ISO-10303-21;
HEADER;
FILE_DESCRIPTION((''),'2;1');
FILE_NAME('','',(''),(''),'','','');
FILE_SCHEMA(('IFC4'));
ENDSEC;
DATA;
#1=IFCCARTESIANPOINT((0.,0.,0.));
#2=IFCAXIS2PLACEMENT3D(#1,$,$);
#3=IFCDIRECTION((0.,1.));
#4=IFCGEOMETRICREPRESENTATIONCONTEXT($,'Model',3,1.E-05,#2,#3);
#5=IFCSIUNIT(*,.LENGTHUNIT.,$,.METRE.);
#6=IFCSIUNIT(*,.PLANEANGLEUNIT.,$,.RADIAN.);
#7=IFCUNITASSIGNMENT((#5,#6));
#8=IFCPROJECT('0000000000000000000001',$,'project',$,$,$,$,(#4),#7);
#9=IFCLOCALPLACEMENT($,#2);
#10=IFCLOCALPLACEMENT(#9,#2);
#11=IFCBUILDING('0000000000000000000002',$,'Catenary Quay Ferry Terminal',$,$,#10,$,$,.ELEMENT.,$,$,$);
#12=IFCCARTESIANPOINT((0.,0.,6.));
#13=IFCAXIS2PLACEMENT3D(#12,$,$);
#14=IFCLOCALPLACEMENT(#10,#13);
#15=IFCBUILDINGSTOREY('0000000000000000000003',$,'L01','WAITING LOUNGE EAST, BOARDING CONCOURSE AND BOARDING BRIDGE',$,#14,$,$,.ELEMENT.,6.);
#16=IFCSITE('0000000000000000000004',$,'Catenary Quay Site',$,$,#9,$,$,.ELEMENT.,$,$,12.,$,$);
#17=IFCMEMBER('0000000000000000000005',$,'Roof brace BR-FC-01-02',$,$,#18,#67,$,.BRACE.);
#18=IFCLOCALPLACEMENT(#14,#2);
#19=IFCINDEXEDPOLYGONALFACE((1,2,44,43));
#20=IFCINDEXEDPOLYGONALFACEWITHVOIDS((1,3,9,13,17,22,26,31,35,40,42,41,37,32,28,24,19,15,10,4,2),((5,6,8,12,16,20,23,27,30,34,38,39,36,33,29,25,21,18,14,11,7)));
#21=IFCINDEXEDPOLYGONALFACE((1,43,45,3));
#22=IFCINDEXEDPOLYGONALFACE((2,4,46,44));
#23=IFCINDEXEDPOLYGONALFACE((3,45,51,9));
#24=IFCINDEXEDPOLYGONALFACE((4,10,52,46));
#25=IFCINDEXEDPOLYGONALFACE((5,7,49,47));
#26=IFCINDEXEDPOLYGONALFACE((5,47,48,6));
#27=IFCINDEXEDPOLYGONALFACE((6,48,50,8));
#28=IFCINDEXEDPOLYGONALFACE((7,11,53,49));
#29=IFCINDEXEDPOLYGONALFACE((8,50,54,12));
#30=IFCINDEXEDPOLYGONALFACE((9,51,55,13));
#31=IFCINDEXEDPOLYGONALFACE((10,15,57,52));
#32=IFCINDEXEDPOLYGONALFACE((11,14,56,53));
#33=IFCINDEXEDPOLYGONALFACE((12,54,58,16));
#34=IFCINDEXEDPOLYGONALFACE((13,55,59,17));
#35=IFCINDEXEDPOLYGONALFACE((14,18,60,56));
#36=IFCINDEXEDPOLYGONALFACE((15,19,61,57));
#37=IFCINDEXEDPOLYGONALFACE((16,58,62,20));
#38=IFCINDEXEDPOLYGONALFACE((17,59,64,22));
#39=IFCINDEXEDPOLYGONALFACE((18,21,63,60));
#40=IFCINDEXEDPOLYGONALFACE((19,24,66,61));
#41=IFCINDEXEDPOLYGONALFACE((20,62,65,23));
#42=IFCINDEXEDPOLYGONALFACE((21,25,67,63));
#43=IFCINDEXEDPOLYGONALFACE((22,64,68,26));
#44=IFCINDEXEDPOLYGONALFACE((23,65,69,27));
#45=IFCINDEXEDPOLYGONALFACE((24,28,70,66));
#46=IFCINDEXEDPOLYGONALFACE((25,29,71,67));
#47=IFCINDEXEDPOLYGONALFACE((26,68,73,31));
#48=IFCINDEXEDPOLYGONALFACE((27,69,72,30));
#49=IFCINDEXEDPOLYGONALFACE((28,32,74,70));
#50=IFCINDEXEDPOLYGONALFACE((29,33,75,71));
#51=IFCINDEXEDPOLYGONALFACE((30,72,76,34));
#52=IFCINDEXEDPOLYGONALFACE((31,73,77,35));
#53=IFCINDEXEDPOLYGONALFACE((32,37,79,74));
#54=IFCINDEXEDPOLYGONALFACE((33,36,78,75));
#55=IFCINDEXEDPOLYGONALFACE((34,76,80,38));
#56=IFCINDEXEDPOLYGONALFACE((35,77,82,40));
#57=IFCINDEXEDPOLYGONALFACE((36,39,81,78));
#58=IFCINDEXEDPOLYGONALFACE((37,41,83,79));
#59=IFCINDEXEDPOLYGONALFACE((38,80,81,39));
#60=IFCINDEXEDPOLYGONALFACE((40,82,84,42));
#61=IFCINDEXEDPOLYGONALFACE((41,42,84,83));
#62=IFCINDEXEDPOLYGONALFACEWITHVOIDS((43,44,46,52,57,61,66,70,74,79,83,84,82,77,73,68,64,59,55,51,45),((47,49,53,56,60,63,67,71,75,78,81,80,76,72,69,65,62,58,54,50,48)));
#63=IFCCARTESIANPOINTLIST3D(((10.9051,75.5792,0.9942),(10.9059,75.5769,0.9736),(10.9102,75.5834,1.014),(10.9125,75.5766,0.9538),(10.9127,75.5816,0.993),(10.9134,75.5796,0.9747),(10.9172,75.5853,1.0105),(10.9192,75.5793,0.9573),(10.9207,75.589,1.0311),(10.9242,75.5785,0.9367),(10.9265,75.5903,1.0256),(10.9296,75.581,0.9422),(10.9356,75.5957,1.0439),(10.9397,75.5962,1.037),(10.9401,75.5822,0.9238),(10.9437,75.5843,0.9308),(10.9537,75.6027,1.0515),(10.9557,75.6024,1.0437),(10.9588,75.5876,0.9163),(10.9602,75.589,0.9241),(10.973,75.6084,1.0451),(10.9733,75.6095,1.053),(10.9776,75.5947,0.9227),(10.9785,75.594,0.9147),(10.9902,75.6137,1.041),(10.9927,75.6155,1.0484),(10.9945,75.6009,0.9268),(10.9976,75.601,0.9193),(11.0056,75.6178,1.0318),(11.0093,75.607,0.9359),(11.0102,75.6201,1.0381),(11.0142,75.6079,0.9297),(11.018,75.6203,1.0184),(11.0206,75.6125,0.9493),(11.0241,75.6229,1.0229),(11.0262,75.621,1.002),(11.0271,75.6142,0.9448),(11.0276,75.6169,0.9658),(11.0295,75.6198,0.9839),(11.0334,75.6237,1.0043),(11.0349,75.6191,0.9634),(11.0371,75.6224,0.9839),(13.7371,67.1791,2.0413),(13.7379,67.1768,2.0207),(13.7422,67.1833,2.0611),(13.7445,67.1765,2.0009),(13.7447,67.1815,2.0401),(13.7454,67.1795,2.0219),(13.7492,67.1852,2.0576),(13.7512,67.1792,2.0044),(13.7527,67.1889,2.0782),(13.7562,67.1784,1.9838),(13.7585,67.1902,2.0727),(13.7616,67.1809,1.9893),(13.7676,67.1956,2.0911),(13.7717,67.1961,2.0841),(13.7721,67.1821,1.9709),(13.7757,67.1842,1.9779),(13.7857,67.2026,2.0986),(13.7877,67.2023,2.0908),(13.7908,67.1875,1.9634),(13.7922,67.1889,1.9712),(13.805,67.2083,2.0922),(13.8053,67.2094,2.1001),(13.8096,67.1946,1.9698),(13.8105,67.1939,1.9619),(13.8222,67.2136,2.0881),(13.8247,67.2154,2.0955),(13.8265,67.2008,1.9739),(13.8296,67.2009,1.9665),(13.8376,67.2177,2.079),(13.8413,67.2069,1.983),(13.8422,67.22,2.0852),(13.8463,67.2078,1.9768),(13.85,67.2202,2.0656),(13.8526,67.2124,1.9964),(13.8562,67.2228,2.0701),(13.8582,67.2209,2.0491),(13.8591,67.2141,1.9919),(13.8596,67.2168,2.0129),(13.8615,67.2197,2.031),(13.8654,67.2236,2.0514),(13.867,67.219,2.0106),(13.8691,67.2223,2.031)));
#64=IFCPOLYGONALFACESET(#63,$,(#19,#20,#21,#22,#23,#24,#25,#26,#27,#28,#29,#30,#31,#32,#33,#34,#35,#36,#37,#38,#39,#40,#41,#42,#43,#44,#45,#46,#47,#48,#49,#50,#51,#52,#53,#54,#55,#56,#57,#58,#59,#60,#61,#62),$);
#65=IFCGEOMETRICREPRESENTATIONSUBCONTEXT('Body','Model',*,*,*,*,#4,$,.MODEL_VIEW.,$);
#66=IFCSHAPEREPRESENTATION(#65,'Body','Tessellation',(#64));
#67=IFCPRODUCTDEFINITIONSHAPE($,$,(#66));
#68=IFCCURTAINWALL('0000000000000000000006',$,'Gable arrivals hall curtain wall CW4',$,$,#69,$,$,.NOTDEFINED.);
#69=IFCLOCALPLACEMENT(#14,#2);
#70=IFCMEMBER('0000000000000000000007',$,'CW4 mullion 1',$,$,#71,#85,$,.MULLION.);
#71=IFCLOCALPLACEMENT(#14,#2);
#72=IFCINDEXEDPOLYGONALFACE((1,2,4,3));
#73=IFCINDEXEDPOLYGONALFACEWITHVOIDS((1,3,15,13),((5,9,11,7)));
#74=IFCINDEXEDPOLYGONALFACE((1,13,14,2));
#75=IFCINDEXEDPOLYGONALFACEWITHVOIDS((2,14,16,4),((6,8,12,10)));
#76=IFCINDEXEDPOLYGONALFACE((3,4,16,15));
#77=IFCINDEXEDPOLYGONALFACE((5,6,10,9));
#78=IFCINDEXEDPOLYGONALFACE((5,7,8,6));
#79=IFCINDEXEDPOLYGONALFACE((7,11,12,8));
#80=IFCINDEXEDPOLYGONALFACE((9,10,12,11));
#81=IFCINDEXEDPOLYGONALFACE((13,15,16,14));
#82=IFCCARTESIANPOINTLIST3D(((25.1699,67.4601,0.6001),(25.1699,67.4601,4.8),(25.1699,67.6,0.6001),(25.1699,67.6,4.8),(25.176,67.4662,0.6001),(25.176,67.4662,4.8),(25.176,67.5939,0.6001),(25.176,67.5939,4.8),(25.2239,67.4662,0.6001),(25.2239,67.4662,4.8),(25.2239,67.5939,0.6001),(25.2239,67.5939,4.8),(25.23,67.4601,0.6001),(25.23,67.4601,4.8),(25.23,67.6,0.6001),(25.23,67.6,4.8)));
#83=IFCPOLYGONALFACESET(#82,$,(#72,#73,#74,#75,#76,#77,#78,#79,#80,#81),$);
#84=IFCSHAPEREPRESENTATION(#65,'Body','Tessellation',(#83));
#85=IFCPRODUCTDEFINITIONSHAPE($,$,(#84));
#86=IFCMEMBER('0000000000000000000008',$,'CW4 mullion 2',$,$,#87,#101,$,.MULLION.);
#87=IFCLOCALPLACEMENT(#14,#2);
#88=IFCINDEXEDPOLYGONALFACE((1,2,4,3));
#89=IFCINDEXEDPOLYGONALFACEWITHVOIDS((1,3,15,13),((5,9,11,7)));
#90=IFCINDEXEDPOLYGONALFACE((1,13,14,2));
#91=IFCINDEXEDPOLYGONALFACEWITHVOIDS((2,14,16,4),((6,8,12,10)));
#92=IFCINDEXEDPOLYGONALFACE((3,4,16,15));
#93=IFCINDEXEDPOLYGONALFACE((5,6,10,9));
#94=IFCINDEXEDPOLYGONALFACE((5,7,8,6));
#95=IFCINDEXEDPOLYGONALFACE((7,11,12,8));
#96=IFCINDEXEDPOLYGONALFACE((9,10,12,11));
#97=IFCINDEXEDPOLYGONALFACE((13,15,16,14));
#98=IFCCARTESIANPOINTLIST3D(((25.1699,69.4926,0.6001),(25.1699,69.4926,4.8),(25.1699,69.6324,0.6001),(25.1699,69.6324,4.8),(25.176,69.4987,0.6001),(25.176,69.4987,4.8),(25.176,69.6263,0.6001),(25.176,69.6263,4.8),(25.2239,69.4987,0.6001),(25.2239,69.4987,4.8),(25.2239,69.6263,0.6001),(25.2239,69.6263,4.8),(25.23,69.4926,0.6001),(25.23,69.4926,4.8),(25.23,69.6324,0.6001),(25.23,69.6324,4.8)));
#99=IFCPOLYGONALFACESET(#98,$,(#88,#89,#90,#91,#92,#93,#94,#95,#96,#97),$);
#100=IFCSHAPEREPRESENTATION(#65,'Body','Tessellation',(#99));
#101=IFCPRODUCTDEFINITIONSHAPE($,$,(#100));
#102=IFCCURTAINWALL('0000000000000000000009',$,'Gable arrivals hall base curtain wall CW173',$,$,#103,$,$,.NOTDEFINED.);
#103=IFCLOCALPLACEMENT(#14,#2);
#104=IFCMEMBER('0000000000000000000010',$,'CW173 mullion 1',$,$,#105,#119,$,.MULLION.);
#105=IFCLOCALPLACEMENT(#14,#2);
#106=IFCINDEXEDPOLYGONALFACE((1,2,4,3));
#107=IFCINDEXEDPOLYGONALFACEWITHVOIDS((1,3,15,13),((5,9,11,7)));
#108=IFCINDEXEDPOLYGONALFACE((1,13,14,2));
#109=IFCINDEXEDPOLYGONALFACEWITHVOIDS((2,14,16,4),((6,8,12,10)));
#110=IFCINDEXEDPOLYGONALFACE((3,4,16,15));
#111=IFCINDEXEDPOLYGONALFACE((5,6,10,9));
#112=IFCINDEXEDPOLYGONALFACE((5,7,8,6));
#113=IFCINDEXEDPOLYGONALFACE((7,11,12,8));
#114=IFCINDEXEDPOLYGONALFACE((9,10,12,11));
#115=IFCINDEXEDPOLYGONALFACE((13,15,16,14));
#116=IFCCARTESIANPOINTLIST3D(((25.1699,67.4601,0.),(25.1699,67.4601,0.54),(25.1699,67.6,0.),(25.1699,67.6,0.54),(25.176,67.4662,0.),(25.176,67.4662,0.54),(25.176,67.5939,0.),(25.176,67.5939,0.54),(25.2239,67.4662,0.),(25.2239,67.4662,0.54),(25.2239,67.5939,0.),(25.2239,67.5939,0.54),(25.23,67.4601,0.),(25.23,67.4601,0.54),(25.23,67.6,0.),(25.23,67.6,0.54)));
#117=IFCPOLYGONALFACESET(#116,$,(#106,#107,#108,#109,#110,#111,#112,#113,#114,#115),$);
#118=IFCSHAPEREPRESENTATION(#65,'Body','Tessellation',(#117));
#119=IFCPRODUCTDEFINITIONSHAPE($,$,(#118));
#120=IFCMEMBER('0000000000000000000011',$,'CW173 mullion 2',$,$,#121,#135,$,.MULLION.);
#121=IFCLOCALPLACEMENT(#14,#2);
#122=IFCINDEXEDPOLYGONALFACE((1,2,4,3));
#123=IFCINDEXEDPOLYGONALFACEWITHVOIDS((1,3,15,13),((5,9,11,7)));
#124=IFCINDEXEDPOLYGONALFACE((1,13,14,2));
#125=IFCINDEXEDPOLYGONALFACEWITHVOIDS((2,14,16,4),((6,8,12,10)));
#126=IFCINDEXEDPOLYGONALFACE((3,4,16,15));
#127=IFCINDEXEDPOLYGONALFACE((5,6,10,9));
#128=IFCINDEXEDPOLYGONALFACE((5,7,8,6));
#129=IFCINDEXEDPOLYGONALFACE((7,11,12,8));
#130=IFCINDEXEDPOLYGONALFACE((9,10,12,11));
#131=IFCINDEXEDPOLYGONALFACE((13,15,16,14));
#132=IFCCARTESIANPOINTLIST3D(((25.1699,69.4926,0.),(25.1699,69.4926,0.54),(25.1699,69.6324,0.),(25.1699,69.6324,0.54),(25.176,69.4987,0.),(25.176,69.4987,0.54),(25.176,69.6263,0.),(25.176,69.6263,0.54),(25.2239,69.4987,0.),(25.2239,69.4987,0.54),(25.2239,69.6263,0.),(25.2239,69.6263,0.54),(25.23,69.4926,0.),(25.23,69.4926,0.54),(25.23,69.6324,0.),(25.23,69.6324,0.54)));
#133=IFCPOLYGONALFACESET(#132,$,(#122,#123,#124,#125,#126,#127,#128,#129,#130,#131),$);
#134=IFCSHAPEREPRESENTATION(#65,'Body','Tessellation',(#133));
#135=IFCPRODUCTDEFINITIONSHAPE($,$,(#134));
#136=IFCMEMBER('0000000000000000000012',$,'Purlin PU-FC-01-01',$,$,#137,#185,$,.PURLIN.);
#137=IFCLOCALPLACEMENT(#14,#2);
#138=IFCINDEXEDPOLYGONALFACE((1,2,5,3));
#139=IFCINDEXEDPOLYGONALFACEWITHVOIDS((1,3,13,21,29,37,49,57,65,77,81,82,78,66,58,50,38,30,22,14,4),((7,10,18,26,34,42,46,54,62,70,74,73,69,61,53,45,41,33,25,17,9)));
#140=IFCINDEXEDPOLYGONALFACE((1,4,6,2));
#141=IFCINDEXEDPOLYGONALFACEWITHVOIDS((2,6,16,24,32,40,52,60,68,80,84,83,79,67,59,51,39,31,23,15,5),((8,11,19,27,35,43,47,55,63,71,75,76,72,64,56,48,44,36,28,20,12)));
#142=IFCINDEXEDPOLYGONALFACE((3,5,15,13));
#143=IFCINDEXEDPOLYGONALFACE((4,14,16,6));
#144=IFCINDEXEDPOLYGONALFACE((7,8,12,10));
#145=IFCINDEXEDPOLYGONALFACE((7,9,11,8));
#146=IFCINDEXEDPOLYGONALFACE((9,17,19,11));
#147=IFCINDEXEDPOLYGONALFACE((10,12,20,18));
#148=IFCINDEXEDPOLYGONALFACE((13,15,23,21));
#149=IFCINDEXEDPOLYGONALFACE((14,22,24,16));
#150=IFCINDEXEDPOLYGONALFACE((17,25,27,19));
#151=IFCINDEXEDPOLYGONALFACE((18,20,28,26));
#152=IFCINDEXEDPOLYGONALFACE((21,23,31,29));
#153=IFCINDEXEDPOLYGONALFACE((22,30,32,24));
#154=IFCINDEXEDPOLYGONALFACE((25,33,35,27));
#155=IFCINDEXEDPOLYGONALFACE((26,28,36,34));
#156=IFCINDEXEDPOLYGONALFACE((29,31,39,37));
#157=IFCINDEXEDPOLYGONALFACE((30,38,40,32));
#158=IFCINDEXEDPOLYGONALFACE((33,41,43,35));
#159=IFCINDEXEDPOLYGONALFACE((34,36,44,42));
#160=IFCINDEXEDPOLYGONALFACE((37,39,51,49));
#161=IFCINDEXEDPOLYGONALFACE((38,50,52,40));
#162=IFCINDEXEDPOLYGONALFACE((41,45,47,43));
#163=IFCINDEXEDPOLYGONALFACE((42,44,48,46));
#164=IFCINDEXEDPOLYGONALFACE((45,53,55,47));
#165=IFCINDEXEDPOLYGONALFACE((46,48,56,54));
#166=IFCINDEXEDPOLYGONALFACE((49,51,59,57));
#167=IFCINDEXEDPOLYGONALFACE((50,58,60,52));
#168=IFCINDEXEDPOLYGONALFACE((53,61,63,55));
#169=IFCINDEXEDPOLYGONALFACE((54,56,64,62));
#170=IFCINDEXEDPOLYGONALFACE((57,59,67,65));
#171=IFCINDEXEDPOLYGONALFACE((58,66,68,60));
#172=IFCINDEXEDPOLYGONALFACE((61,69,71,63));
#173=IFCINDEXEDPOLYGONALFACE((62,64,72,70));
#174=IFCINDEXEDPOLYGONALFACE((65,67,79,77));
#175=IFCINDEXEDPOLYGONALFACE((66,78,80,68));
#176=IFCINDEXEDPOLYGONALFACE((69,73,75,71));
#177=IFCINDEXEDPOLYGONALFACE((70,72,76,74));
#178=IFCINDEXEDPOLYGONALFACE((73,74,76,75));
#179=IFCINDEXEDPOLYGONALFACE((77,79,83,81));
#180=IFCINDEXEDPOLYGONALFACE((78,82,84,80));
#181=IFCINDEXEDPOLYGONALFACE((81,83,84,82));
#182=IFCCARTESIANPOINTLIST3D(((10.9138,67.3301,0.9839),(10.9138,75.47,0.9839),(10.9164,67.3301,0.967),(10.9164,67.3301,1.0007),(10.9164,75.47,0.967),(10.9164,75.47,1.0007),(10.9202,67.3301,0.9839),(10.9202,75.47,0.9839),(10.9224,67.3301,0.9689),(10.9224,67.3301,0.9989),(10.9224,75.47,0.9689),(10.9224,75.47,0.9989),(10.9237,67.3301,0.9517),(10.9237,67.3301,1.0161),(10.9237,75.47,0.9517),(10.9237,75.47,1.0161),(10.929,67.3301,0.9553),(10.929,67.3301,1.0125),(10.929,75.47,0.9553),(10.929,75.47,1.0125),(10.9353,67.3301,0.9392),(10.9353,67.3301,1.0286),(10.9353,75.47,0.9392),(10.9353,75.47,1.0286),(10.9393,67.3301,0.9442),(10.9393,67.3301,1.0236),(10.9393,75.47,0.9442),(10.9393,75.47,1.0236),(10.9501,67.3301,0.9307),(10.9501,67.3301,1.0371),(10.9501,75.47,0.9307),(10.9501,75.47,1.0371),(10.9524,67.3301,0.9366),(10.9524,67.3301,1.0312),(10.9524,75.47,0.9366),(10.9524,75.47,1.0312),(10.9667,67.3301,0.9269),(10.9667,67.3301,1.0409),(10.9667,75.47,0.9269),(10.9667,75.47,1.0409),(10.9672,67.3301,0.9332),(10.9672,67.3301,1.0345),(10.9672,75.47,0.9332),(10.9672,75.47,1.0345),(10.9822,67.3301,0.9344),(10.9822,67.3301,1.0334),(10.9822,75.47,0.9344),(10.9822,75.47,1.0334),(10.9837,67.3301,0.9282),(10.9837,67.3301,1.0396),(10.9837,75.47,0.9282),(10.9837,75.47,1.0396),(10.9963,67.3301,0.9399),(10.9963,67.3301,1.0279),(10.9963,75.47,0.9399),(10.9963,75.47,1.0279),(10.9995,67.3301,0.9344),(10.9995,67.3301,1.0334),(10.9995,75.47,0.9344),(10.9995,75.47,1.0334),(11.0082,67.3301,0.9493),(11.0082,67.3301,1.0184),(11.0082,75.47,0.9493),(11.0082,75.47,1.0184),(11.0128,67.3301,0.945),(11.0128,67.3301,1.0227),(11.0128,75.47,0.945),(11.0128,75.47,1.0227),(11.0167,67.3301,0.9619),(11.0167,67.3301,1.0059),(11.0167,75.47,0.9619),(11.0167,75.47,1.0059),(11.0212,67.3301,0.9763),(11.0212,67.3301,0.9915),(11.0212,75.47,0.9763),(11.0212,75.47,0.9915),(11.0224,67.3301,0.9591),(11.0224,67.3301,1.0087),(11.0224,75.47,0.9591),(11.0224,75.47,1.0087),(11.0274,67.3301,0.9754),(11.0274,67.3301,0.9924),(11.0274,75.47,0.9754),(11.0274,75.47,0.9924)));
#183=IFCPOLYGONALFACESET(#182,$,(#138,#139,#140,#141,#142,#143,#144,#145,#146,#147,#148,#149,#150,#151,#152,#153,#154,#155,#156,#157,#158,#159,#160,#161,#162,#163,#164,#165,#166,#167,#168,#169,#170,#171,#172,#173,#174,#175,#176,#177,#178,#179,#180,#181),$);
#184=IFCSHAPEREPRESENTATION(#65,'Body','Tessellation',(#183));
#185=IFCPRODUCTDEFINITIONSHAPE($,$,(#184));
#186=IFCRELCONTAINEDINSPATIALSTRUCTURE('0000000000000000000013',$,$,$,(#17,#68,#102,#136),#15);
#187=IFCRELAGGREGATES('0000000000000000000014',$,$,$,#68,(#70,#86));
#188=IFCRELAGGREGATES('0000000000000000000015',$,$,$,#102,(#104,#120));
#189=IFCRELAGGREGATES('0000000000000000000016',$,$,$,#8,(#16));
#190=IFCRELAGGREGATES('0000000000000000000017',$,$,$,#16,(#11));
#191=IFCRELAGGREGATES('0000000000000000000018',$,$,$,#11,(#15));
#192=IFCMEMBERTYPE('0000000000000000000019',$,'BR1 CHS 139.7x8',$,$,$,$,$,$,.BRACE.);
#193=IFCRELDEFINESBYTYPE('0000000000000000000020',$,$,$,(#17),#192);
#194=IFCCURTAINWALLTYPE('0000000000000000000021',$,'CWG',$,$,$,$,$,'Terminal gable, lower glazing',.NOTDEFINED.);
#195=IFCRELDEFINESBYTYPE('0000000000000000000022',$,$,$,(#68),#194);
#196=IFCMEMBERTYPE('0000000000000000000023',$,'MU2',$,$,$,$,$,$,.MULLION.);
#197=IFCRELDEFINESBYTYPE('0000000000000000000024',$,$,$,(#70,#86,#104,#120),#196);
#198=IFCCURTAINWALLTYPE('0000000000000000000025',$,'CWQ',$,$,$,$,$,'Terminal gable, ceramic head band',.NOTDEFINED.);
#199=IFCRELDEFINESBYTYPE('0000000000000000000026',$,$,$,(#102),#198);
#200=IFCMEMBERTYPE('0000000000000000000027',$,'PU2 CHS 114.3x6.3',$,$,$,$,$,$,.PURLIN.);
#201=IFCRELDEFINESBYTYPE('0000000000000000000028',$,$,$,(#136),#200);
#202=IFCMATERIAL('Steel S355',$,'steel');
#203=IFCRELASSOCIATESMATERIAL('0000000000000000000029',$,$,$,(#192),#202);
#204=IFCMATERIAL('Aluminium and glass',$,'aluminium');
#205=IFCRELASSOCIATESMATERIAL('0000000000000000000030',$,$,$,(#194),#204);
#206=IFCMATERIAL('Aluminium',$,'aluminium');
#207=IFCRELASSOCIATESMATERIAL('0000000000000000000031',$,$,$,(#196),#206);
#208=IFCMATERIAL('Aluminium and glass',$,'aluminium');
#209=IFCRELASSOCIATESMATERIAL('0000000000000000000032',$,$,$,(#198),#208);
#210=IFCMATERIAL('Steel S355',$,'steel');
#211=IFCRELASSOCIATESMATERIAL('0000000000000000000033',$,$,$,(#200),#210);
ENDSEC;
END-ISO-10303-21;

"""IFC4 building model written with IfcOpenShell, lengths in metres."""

from ifc_helpers import new_model, si_unit, direction, frame, origin, origin_2d, place, context, subcontext, project, spatial, hollow_rectangle, hollow_circle, extrude, material, material_profile, profile_set, type_object, element, aggregate, save


model = new_model("IFC4")

# Units and contexts
model_context = context("Model", 3, precision=1e-05, world=origin(), true_north=direction((0.0, 1.0)))
body_context = subcontext(model_context, "Body", "Model", "MODEL_VIEW")
ifc_project = project(units=[si_unit("LENGTHUNIT", "METRE"), si_unit("PLANEANGLEUNIT", "RADIAN")], contexts=[model_context])

# Site, building, storey
site_placement = place(None, origin())
site = spatial("IfcSite", under=ifc_project, at=site_placement, Name="Catenary Quay Site", CompositionType="ELEMENT", RefElevation=12.0)
building_placement = place(site_placement, origin())
building = spatial("IfcBuilding", under=site, at=building_placement, Name="Catenary Quay Ferry Terminal", CompositionType="ELEMENT")
storey_placement = place(building_placement, frame((0.0, 0.0, 6.0)))
storey = spatial("IfcBuildingStorey", under=building, at=storey_placement, Name="L01", Description="WAITING LOUNGE EAST, BOARDING CONCOURSE AND BOARDING BRIDGE", CompositionType="ELEMENT", Elevation=6.0)

# Member
ifc_material_1 = material(Name="Steel S355", Category="steel")
ifc_material_profile_1 = material_profile(ifc_material_1, hollow_circle(Radius=0.0698, WallThickness=0.0081, at=origin_2d()), Name="CHS 139.7x8")
ifc_profile_set_1 = profile_set([ifc_material_profile_1], Name="Steel S355")
member_type_1 = type_object("IfcMemberType", Name="BR1 CHS 139.7x8", PredefinedType="BRACE", material=ifc_profile_set_1)
member_1_placement = place(storey_placement, frame((10.9709, 75.6001, 0.9839), z_axis=(0.317267, -0.941053, 0.117307), x_axis=(0.947595, 0.319473, 0.0)))
element("IfcMember", 1, at=member_1_placement, inside=storey, type_object=member_type_1, Name="Roof brace BR-FC-01-02", PredefinedType="BRACE", context=body_context, shape_type="SweptSolid", body=[
    extrude(hollow_circle(Radius=0.0698, WallThickness=0.0081, at=origin_2d()), origin(), (0.0, 0.0, 1.0), 8.9263),
])

# Curtain walls, members
ifc_material_2 = material(Name="Aluminium and glass", Category="aluminium")
curtain_wall_type_1 = type_object("IfcCurtainWallType", Name="CWG", ElementType="Terminal gable, lower glazing", PredefinedType="NOTDEFINED", material=ifc_material_2)
curtain_wall_1_placement = place(storey_placement, origin())
curtain_wall_1 = element("IfcCurtainWall", 2, at=curtain_wall_1_placement, inside=storey, type_object=curtain_wall_type_1, Name="Gable arrivals hall curtain wall CW4", PredefinedType="NOTDEFINED")
ifc_material_3 = material(Name="Aluminium", Category="aluminium")
ifc_material_profile_2 = material_profile(ifc_material_3, hollow_rectangle(XDim=0.0601, YDim=0.1399, WallThickness=0.0061, at=origin_2d()), Name="MU2")
ifc_profile_set_2 = profile_set([ifc_material_profile_2], Name="Aluminium")
member_type_2 = type_object("IfcMemberType", Name="MU2", PredefinedType="MULLION", material=ifc_profile_set_2)
member_2_placement = place(storey_placement, frame((25.2, 67.53, 0.6001), z_axis=(0.0, 0.0, 1.0), x_axis=(-1.0, 0.0, 0.0)))
member_2 = element("IfcMember", 3, at=member_2_placement, type_object=member_type_2, Name="CW4 mullion 1", PredefinedType="MULLION", context=body_context, shape_type="SweptSolid", body=[
    extrude(hollow_rectangle(XDim=0.0601, YDim=0.1399, WallThickness=0.0061, at=origin_2d()), origin(), (0.0, 0.0, 1.0), 4.2),
])
member_3_placement = place(storey_placement, frame((25.2, 69.5625, 0.6001), z_axis=(0.0, 0.0, 1.0), x_axis=(-1.0, 0.0, 0.0)))
member_3 = element("IfcMember", 4, at=member_3_placement, type_object=member_type_2, Name="CW4 mullion 2", PredefinedType="MULLION", context=body_context, shape_type="SweptSolid", body=[
    extrude(hollow_rectangle(XDim=0.0601, YDim=0.1399, WallThickness=0.0061, at=origin_2d()), origin(), (0.0, 0.0, 1.0), 4.2),
])
ifc_material_4 = material(Name="Aluminium and glass", Category="aluminium")
curtain_wall_type_2 = type_object("IfcCurtainWallType", Name="CWQ", ElementType="Terminal gable, ceramic head band", PredefinedType="NOTDEFINED", material=ifc_material_4)
curtain_wall_2_placement = place(storey_placement, origin())
curtain_wall_2 = element("IfcCurtainWall", 5, at=curtain_wall_2_placement, inside=storey, type_object=curtain_wall_type_2, Name="Gable arrivals hall base curtain wall CW173", PredefinedType="NOTDEFINED")
member_4_placement = place(storey_placement, frame((25.2, 67.53, 0.0), z_axis=(0.0, 0.0, 1.0), x_axis=(-1.0, 0.0, 0.0)))
member_4 = element("IfcMember", 6, at=member_4_placement, type_object=member_type_2, Name="CW173 mullion 1", PredefinedType="MULLION", context=body_context, shape_type="SweptSolid", body=[
    extrude(hollow_rectangle(XDim=0.0601, YDim=0.1399, WallThickness=0.0061, at=origin_2d()), origin(), (0.0, 0.0, 1.0), 0.54),
])
member_5_placement = place(storey_placement, frame((25.2, 69.5625, 0.0), z_axis=(0.0, 0.0, 1.0), x_axis=(-1.0, 0.0, 0.0)))
member_5 = element("IfcMember", 7, at=member_5_placement, type_object=member_type_2, Name="CW173 mullion 2", PredefinedType="MULLION", context=body_context, shape_type="SweptSolid", body=[
    extrude(hollow_rectangle(XDim=0.0601, YDim=0.1399, WallThickness=0.0061, at=origin_2d()), origin(), (0.0, 0.0, 1.0), 0.54),
])

# Member
ifc_material_5 = material(Name="Steel S355", Category="steel")
ifc_material_profile_3 = material_profile(ifc_material_5, hollow_circle(Radius=0.0571, WallThickness=0.0063, at=origin_2d()), Name="CHS 114.3x6.3")
ifc_profile_set_3 = profile_set([ifc_material_profile_3], Name="Steel S355")
member_type_3 = type_object("IfcMemberType", Name="PU2 CHS 114.3x6.3", PredefinedType="PURLIN", material=ifc_profile_set_3)
for number, where, z_axis, x_axis, name in (
    (8, (10.9709, 67.3301, 0.9839), (0.0, 1.0, 0.0), (-1.0, 0.0, 0.0), "Purlin PU-FC-01-01"),
):
    element("IfcMember", number, at=place(storey_placement, frame(where, z_axis=z_axis, x_axis=x_axis)), inside=storey, type_object=member_type_3, Name=name, PredefinedType="PURLIN", context=body_context, shape_type="SweptSolid", body=[
        extrude(hollow_circle(Radius=0.0571, WallThickness=0.0063, at=origin_2d()), origin(), (0.0, 0.0, 1.0), 8.1399),
    ])

aggregate(curtain_wall_1, [member_2, member_3])
aggregate(curtain_wall_2, [member_4, member_5])

save(model, "model.ifc")
